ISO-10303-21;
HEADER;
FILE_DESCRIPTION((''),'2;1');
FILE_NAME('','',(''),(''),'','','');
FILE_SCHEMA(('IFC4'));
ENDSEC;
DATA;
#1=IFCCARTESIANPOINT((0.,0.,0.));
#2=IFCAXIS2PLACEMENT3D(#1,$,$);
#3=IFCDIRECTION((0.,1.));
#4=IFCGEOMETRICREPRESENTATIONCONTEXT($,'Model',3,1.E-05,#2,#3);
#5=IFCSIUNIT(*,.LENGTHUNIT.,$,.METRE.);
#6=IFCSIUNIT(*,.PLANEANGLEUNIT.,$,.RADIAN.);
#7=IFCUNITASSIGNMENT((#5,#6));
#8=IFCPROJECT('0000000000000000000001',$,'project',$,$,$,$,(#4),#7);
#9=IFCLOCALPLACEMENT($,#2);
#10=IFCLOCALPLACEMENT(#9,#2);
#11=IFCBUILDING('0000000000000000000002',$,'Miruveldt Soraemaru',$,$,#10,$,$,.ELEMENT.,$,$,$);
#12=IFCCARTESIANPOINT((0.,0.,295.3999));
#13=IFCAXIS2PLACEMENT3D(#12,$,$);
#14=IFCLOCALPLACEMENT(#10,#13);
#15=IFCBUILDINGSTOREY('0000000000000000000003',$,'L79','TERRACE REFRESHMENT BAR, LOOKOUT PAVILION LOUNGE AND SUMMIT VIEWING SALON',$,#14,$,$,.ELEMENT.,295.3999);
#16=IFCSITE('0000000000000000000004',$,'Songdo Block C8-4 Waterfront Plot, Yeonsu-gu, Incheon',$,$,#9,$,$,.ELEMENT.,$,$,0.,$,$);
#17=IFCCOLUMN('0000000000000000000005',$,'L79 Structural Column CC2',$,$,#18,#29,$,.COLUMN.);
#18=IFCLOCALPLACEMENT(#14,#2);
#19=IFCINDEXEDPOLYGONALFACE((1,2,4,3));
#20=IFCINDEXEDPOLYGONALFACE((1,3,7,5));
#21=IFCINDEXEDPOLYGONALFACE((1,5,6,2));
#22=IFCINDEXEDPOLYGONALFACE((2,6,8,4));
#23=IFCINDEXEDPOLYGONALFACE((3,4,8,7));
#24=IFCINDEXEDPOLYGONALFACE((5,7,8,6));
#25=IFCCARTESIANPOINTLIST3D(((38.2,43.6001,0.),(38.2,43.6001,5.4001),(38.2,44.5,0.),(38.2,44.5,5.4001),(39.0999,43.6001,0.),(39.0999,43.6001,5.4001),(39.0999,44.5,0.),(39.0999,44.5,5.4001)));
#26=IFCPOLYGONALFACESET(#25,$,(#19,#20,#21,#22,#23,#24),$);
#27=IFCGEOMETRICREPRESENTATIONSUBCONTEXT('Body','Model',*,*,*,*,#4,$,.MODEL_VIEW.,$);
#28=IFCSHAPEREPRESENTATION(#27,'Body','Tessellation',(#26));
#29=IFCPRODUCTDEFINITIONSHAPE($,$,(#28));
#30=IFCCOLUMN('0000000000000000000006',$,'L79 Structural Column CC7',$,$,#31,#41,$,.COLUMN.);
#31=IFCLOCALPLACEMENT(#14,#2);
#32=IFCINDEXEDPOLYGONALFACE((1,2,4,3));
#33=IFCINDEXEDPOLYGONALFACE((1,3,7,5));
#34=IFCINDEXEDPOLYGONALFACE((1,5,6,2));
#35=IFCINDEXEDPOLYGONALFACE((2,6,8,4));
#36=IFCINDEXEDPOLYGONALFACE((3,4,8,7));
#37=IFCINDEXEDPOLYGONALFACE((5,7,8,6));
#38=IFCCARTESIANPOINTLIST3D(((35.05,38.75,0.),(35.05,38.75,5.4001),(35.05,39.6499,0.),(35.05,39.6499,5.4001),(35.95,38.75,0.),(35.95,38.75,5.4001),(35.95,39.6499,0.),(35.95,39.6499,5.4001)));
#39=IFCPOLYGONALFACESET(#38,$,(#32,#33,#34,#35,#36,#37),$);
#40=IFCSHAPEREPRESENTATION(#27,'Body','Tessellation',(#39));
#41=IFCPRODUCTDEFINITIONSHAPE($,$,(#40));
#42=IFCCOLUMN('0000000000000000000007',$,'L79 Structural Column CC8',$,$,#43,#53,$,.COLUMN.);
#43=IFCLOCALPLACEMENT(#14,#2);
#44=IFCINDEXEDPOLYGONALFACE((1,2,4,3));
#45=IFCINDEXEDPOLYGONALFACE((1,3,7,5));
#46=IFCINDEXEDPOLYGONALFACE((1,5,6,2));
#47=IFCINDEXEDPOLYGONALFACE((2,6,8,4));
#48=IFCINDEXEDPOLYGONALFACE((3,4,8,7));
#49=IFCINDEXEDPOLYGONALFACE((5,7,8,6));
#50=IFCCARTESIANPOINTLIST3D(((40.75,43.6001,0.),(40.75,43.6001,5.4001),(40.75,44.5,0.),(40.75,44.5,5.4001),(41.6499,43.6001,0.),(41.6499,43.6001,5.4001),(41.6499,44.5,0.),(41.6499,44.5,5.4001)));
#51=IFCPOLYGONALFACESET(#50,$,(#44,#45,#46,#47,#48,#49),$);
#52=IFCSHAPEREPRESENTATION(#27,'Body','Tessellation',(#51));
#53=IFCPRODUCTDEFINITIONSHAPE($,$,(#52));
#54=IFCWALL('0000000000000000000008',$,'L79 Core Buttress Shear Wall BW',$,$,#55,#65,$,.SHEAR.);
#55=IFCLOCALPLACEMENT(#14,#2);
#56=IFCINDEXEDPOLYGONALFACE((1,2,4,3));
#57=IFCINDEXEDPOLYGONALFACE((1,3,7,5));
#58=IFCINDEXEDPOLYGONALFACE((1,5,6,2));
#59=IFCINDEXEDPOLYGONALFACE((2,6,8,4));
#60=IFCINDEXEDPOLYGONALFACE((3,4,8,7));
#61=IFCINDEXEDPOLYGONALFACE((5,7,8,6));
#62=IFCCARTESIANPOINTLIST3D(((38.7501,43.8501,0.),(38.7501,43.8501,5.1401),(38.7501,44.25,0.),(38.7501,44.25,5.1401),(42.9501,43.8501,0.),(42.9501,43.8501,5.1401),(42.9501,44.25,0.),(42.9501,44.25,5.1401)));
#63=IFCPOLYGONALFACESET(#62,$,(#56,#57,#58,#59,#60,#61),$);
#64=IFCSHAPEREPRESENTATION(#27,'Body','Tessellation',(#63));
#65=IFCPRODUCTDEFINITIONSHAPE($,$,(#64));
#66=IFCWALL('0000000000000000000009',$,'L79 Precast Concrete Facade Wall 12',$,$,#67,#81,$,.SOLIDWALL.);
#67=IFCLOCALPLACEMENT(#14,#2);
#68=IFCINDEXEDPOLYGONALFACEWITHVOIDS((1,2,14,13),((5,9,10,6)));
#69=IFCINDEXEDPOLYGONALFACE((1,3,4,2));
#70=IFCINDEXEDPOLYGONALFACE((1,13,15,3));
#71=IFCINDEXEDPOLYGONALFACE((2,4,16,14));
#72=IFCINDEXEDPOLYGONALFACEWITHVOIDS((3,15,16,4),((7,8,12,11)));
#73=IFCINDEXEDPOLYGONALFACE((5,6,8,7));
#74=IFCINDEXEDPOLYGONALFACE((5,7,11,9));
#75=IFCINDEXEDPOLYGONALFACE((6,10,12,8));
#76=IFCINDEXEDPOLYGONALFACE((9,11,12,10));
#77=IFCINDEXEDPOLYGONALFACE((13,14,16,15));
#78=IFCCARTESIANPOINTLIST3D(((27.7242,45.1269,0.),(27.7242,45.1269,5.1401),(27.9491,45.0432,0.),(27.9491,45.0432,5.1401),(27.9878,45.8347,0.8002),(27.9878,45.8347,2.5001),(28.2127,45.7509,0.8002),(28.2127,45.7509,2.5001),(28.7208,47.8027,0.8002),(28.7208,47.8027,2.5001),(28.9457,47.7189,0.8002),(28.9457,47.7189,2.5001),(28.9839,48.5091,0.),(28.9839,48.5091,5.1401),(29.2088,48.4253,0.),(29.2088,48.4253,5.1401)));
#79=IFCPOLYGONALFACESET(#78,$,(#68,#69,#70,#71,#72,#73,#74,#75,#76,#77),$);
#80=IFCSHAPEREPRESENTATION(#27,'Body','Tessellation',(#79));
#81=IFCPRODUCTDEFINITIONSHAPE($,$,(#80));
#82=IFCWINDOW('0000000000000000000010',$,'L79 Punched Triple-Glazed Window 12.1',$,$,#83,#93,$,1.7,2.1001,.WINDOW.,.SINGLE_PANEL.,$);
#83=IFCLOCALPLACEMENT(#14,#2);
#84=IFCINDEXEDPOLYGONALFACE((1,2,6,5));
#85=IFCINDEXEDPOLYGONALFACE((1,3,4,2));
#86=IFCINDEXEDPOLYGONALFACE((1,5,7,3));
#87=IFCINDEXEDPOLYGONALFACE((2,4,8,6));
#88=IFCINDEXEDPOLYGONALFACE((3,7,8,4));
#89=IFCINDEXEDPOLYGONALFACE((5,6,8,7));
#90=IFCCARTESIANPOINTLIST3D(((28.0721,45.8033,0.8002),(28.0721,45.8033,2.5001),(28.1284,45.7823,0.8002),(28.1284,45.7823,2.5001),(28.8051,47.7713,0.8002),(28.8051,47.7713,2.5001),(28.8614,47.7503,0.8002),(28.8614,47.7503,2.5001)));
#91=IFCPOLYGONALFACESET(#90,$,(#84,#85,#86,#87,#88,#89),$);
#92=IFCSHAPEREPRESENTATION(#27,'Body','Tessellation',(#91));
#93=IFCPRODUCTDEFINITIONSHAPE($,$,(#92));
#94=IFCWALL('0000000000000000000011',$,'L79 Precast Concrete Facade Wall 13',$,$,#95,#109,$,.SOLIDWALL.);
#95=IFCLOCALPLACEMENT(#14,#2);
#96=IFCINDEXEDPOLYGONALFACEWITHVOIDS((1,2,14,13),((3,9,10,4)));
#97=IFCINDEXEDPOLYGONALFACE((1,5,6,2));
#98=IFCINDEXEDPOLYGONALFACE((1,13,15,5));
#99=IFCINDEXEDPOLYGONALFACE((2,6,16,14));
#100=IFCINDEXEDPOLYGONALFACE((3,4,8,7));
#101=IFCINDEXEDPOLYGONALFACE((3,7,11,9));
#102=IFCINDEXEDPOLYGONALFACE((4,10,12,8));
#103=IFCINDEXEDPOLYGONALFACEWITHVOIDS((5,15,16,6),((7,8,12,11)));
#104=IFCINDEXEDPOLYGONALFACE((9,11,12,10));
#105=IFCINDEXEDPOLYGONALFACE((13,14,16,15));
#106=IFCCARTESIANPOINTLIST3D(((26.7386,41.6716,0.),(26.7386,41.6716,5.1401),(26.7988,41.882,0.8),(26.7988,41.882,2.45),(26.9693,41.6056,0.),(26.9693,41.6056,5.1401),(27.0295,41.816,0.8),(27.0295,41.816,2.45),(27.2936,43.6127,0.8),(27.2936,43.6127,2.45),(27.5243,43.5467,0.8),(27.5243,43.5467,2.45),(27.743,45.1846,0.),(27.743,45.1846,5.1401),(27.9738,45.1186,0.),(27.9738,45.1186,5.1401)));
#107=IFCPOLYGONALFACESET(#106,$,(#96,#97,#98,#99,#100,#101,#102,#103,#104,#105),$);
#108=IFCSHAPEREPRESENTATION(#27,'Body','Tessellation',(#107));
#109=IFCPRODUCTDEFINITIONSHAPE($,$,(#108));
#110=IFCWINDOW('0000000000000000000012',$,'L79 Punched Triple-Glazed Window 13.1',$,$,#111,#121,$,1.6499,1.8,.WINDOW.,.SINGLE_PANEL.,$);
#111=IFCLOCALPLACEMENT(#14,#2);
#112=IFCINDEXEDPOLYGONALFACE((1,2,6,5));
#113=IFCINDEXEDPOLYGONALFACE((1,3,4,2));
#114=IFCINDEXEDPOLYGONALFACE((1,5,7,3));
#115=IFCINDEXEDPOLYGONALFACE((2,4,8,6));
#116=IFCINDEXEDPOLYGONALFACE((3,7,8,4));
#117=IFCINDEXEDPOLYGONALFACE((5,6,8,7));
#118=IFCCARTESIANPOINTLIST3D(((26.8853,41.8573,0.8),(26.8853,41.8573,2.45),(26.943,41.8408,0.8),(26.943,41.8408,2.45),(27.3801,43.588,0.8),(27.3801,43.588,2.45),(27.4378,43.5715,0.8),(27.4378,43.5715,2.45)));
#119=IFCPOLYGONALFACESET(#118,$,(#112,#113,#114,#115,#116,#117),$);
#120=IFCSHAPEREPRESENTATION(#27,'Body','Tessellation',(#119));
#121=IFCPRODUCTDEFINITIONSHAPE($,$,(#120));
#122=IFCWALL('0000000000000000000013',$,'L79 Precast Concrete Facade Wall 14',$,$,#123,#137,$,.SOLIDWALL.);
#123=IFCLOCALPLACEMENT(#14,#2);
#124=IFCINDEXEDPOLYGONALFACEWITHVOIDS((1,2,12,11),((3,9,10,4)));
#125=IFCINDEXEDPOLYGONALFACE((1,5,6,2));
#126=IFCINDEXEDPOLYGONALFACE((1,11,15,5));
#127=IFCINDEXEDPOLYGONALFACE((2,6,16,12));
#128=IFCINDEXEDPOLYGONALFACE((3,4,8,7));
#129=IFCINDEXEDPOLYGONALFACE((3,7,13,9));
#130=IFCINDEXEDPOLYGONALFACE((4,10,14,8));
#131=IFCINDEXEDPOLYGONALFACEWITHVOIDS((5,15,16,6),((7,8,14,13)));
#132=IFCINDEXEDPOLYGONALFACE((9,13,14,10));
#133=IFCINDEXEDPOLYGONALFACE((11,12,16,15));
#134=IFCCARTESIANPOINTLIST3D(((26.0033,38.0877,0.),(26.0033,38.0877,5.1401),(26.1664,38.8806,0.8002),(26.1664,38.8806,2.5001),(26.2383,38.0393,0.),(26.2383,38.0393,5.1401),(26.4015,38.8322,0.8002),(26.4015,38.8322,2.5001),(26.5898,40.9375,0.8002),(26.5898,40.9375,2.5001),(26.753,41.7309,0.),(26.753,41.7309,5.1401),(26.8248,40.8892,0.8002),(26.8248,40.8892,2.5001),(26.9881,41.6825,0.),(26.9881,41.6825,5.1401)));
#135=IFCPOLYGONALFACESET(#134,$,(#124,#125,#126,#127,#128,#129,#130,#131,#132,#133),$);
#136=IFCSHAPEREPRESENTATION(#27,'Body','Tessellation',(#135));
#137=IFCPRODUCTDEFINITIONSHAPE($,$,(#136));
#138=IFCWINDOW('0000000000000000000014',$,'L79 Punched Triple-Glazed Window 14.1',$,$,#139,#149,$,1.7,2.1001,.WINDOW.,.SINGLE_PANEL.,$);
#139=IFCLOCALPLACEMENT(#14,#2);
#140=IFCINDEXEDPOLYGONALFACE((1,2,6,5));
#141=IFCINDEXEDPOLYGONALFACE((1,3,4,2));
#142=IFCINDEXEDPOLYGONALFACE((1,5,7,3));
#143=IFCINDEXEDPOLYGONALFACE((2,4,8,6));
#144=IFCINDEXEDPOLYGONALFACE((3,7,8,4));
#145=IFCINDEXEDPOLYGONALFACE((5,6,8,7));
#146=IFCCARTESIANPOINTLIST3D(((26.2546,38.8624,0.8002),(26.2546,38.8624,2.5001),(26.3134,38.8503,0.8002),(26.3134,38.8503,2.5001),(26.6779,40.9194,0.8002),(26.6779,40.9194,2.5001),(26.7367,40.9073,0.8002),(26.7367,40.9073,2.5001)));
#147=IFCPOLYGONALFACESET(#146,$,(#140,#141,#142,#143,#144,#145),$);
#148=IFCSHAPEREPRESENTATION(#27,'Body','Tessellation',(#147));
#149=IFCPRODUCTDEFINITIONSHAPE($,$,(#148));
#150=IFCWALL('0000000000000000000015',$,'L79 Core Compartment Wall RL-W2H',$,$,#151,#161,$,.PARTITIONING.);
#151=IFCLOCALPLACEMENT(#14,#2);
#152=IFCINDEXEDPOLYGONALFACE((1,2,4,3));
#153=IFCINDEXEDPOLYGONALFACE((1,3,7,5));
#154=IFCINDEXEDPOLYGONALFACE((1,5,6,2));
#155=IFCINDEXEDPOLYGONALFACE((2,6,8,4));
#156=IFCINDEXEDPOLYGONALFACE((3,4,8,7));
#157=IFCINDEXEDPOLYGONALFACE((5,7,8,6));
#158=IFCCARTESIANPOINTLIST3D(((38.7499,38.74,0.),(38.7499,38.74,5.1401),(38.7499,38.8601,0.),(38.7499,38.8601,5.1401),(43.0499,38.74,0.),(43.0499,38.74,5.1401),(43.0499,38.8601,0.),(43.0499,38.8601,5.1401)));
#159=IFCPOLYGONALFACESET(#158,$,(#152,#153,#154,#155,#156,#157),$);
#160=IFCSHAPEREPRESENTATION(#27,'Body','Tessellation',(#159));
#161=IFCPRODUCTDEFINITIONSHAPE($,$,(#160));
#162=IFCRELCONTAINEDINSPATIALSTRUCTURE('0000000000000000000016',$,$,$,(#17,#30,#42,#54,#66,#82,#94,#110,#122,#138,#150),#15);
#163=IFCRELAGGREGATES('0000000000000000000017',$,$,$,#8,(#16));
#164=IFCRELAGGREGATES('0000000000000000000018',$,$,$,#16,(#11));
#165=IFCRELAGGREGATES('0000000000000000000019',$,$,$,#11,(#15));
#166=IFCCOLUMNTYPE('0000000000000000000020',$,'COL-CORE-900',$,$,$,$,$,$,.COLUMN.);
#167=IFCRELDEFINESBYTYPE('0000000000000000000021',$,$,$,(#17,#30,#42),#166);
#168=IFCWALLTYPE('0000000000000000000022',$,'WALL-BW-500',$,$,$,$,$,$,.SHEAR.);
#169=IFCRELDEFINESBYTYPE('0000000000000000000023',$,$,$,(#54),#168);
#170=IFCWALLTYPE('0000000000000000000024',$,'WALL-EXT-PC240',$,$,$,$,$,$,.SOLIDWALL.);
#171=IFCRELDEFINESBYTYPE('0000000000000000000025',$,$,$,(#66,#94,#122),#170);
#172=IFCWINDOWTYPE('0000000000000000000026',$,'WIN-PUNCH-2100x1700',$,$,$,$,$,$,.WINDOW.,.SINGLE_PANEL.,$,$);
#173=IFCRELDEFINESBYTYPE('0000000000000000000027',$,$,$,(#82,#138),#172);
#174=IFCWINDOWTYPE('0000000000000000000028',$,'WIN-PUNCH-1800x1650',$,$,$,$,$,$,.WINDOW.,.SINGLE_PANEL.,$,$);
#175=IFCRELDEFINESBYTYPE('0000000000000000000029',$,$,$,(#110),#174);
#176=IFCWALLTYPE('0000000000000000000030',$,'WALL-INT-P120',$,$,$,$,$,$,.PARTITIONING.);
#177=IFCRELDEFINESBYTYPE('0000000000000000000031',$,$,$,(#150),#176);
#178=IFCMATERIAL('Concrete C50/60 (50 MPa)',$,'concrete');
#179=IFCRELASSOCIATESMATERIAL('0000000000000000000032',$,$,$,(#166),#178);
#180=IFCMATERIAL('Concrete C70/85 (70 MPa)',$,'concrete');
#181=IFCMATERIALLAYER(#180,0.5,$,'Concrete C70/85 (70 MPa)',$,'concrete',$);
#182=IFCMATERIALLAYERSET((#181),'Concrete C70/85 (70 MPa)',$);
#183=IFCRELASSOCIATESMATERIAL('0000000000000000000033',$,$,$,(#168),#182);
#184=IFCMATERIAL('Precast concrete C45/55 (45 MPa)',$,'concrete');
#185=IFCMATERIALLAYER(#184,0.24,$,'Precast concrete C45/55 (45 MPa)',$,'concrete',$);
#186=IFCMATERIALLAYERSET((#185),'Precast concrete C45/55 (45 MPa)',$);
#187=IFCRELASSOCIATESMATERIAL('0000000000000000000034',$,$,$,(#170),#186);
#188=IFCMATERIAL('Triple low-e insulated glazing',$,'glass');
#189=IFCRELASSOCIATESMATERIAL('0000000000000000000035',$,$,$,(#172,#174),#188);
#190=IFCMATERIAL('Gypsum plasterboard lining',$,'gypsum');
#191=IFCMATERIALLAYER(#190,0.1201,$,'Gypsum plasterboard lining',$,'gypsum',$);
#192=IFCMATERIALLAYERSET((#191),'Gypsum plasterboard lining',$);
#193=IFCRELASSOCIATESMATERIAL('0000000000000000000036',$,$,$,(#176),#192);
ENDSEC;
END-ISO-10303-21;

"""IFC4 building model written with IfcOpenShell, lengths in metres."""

from ifc_helpers import new_model, si_unit, direction, frame, frame_2d, origin, origin_2d, place, context, subcontext, project, spatial, rectangle, extrude, material, layer, layer_set, material_profile, profile_set, type_object, element, fill, save


model = new_model("IFC4")

# Units and contexts
model_context = context("Model", 3, precision=1e-05, world=origin(), true_north=direction((0.0, 1.0)))
body_context = subcontext(model_context, "Body", "Model", "MODEL_VIEW")
ifc_project = project(units=[si_unit("LENGTHUNIT", "METRE"), si_unit("PLANEANGLEUNIT", "RADIAN")], contexts=[model_context])

# Site, building, storey
site_placement = place(None, origin())
site = spatial("IfcSite", under=ifc_project, at=site_placement, Name="Songdo Block C8-4 Waterfront Plot, Yeonsu-gu, Incheon", CompositionType="ELEMENT", RefElevation=0.0)
building_placement = place(site_placement, origin())
building = spatial("IfcBuilding", under=site, at=building_placement, Name="Miruveldt Soraemaru", CompositionType="ELEMENT")
storey_placement = place(building_placement, frame((0.0, 0.0, 295.3999)))
storey = spatial("IfcBuildingStorey", under=building, at=storey_placement, Name="L79", Description="TERRACE REFRESHMENT BAR, LOOKOUT PAVILION LOUNGE AND SUMMIT VIEWING SALON", CompositionType="ELEMENT", Elevation=295.3999)

# Columns
ifc_material_1 = material(Name="Concrete C50/60 (50 MPa)", Category="concrete")
ifc_material_profile = material_profile(ifc_material_1, rectangle(XDim=0.8999, YDim=0.8999, at=origin_2d()), Name="Concrete C50/60 (50 MPa)", Category="concrete")
ifc_profile_set = profile_set([ifc_material_profile], Name="Concrete C50/60 (50 MPa)")
column_type = type_object("IfcColumnType", Name="COL-CORE-900", PredefinedType="COLUMN", material=ifc_profile_set)
for number, where, z_axis, x_axis, name in (
    (1, (38.6499, 44.05, 0.0), (0.0, 0.0, 1.0), (1.0, 0.0, 0.0), "L79 Structural Column CC2"),
    (2, (35.5, 39.2, 0.0), (0.0, 0.0, 1.0), (1.0, 0.0, 0.0), "L79 Structural Column CC7"),
    (3, (41.2, 44.05, 0.0), (0.0, 0.0, 1.0), (1.0, 0.0, 0.0), "L79 Structural Column CC8"),
):
    element("IfcColumn", number, at=place(storey_placement, frame(where, z_axis=z_axis, x_axis=x_axis)), inside=storey, type_object=column_type, Name=name, PredefinedType="COLUMN", context=body_context, shape_type="SweptSolid", body=[
        extrude(rectangle(XDim=0.8999, YDim=0.8999, at=origin_2d()), origin(), (0.0, 0.0, 1.0), 5.4001),
    ])

# Wall
ifc_material_2 = material(Name="Concrete C70/85 (70 MPa)", Category="concrete")
ifc_layer_1 = layer(ifc_material_2, 0.5, Name="Concrete C70/85 (70 MPa)", Category="concrete")
ifc_layer_set_1 = layer_set([ifc_layer_1], Name="Concrete C70/85 (70 MPa)")
wall_type_1 = type_object("IfcWallType", Name="WALL-BW-500", PredefinedType="SHEAR", material=ifc_layer_set_1)
wall_1_placement = place(storey_placement, frame((38.75, 44.05, 0.0), z_axis=(0.0, 0.0, 1.0), x_axis=(1.0, 0.0, 0.0)))
element("IfcWall", 4, at=wall_1_placement, inside=storey, type_object=wall_type_1, Name="L79 Core Buttress Shear Wall BW", PredefinedType="SHEAR", context=body_context, shape_type="SweptSolid", body=[
    extrude(rectangle(XDim=4.2, YDim=0.3999, at=frame_2d((2.1001, 0.0))), origin(), (0.0, 0.0, 1.0), 5.1401),
])

# Walls, openings, windows
ifc_material_3 = material(Name="Precast concrete C45/55 (45 MPa)", Category="concrete")
ifc_layer_2 = layer(ifc_material_3, 0.24, Name="Precast concrete C45/55 (45 MPa)", Category="concrete")
ifc_layer_set_2 = layer_set([ifc_layer_2], Name="Precast concrete C45/55 (45 MPa)")
wall_type_2 = type_object("IfcWallType", Name="WALL-EXT-PC240", PredefinedType="SOLIDWALL", material=ifc_layer_set_2)
wall_2_placement = place(storey_placement, frame((29.0964, 48.4673, 0.0), z_axis=(0.0, 0.0, 1.0), x_axis=(-0.349054, -0.937103, 0.0)))
wall_2 = element("IfcWall", 5, at=wall_2_placement, inside=storey, type_object=wall_type_2, Name="L79 Precast Concrete Facade Wall 12", PredefinedType="SOLIDWALL", context=body_context, shape_type="SweptSolid", body=[
    extrude(rectangle(XDim=3.6091, YDim=0.24, at=frame_2d((1.8047, 0.0))), origin(), (0.0, 0.0, 1.0), 5.1401),
])
opening_1_placement = place(wall_2_placement, frame((0.7539, 0.0, 0.8)))
opening_1 = element("IfcOpeningElement", 6, at=opening_1_placement, cuts=wall_2, PredefinedType="OPENING", context=body_context, shape_type="SweptSolid", body=[
    extrude(rectangle(XDim=2.1001, YDim=1.7, at=frame_2d((1.05, 0.8501))), frame((0.0, 0.1299, 0.0), z_axis=(0.0, -1.0, 0.0), x_axis=(1.0, 0.0, 0.0)), (0.0, 0.0, 1.0), 0.26),
])
ifc_material_4 = material(Name="Triple low-e insulated glazing", Category="glass")
window_type_1 = type_object("IfcWindowType", Name="WIN-PUNCH-2100x1700", PartitioningType="SINGLE_PANEL", PredefinedType="WINDOW", material=ifc_material_4)
window_1_placement = place(opening_1_placement, origin())
window_1 = element("IfcWindow", 7, at=window_1_placement, inside=storey, type_object=window_type_1, Name="L79 Punched Triple-Glazed Window 12.1", OverallHeight=1.7, OverallWidth=2.1001, PartitioningType="SINGLE_PANEL", PredefinedType="WINDOW", context=body_context, shape_type="SweptSolid", body=[
    extrude(rectangle(XDim=2.1001, YDim=1.7, at=frame_2d((1.05, 0.8501))), frame((0.0, 0.03, 0.0), z_axis=(0.0, -1.0, 0.0), x_axis=(1.0, 0.0, 0.0)), (0.0, 0.0, 1.0), 0.0601),
])
fill(opening_1, window_1)
wall_3_placement = place(storey_placement, frame((27.8584, 45.1516, 0.0), z_axis=(0.0, 0.0, 1.0), x_axis=(-0.274898, -0.961474, 0.0)))
wall_3 = element("IfcWall", 8, at=wall_3_placement, inside=storey, type_object=wall_type_2, Name="L79 Precast Concrete Facade Wall 13", PredefinedType="SOLIDWALL", context=body_context, shape_type="SweptSolid", body=[
    extrude(rectangle(XDim=3.6538, YDim=0.24, at=frame_2d((1.8269, 0.0))), origin(), (0.0, 0.0, 1.0), 5.1401),
])
opening_2_placement = place(wall_3_placement, frame((1.635, 0.0, 0.8)))
opening_2 = element("IfcOpeningElement", 9, at=opening_2_placement, cuts=wall_3, PredefinedType="OPENING", context=body_context, shape_type="SweptSolid", body=[
    extrude(rectangle(XDim=1.8, YDim=1.6499, at=frame_2d((0.8999, 0.825))), frame((0.0, 0.1299, 0.0), z_axis=(0.0, -1.0, 0.0), x_axis=(1.0, 0.0, 0.0)), (0.0, 0.0, 1.0), 0.26),
])
window_type_2 = type_object("IfcWindowType", Name="WIN-PUNCH-1800x1650", PartitioningType="SINGLE_PANEL", PredefinedType="WINDOW", material=ifc_material_4)
window_2_placement = place(opening_2_placement, origin())
window_2 = element("IfcWindow", 10, at=window_2_placement, inside=storey, type_object=window_type_2, Name="L79 Punched Triple-Glazed Window 13.1", OverallHeight=1.6499, OverallWidth=1.8, PartitioningType="SINGLE_PANEL", PredefinedType="WINDOW", context=body_context, shape_type="SweptSolid", body=[
    extrude(rectangle(XDim=1.8, YDim=1.6499, at=frame_2d((0.8999, 0.825))), frame((0.0, 0.03, 0.0), z_axis=(0.0, -1.0, 0.0), x_axis=(1.0, 0.0, 0.0)), (0.0, 0.0, 1.0), 0.0601),
])
fill(opening_2, window_2)
wall_4_placement = place(storey_placement, frame((26.8706, 41.7068, 0.0), z_axis=(0.0, 0.0, 1.0), x_axis=(-0.201579, -0.979472, 0.0)))
wall_4 = element("IfcWall", 11, at=wall_4_placement, inside=storey, type_object=wall_type_2, Name="L79 Precast Concrete Facade Wall 14", PredefinedType="SOLIDWALL", context=body_context, shape_type="SweptSolid", body=[
    extrude(rectangle(XDim=3.7195, YDim=0.24, at=frame_2d((1.8599, 0.0))), origin(), (0.0, 0.0, 1.0), 5.1401),
])
opening_3_placement = place(wall_4_placement, frame((0.8101, 0.0, 0.8)))
opening_3 = element("IfcOpeningElement", 12, at=opening_3_placement, cuts=wall_4, PredefinedType="OPENING", context=body_context, shape_type="SweptSolid", body=[
    extrude(rectangle(XDim=2.1001, YDim=1.7, at=frame_2d((1.05, 0.8501))), frame((0.0, 0.1299, 0.0), z_axis=(0.0, -1.0, 0.0), x_axis=(1.0, 0.0, 0.0)), (0.0, 0.0, 1.0), 0.26),
])
window_3_placement = place(opening_3_placement, origin())
window_3 = element("IfcWindow", 13, at=window_3_placement, inside=storey, type_object=window_type_1, Name="L79 Punched Triple-Glazed Window 14.1", OverallHeight=1.7, OverallWidth=2.1001, PartitioningType="SINGLE_PANEL", PredefinedType="WINDOW", context=body_context, shape_type="SweptSolid", body=[
    extrude(rectangle(XDim=2.1001, YDim=1.7, at=frame_2d((1.05, 0.8501))), frame((0.0, 0.03, 0.0), z_axis=(0.0, -1.0, 0.0), x_axis=(1.0, 0.0, 0.0)), (0.0, 0.0, 1.0), 0.0601),
])
fill(opening_3, window_3)

# Wall
ifc_material_5 = material(Name="Gypsum plasterboard lining", Category="gypsum")
ifc_layer_3 = layer(ifc_material_5, 0.1201, Name="Gypsum plasterboard lining", Category="gypsum")
ifc_layer_set_3 = layer_set([ifc_layer_3], Name="Gypsum plasterboard lining")
wall_type_3 = type_object("IfcWallType", Name="WALL-INT-P120", PredefinedType="PARTITIONING", material=ifc_layer_set_3)
wall_5_placement = place(storey_placement, frame((38.75, 38.8, 0.0), z_axis=(0.0, 0.0, 1.0), x_axis=(1.0, 0.0, 0.0)))
element("IfcWall", 14, at=wall_5_placement, inside=storey, type_object=wall_type_3, Name="L79 Core Compartment Wall RL-W2H", PredefinedType="PARTITIONING", context=body_context, shape_type="SweptSolid", body=[
    extrude(rectangle(XDim=4.3, YDim=0.1201, at=frame_2d((2.1499, 0.0))), origin(), (0.0, 0.0, 1.0), 5.1401),
])

save(model, "model.ifc")
